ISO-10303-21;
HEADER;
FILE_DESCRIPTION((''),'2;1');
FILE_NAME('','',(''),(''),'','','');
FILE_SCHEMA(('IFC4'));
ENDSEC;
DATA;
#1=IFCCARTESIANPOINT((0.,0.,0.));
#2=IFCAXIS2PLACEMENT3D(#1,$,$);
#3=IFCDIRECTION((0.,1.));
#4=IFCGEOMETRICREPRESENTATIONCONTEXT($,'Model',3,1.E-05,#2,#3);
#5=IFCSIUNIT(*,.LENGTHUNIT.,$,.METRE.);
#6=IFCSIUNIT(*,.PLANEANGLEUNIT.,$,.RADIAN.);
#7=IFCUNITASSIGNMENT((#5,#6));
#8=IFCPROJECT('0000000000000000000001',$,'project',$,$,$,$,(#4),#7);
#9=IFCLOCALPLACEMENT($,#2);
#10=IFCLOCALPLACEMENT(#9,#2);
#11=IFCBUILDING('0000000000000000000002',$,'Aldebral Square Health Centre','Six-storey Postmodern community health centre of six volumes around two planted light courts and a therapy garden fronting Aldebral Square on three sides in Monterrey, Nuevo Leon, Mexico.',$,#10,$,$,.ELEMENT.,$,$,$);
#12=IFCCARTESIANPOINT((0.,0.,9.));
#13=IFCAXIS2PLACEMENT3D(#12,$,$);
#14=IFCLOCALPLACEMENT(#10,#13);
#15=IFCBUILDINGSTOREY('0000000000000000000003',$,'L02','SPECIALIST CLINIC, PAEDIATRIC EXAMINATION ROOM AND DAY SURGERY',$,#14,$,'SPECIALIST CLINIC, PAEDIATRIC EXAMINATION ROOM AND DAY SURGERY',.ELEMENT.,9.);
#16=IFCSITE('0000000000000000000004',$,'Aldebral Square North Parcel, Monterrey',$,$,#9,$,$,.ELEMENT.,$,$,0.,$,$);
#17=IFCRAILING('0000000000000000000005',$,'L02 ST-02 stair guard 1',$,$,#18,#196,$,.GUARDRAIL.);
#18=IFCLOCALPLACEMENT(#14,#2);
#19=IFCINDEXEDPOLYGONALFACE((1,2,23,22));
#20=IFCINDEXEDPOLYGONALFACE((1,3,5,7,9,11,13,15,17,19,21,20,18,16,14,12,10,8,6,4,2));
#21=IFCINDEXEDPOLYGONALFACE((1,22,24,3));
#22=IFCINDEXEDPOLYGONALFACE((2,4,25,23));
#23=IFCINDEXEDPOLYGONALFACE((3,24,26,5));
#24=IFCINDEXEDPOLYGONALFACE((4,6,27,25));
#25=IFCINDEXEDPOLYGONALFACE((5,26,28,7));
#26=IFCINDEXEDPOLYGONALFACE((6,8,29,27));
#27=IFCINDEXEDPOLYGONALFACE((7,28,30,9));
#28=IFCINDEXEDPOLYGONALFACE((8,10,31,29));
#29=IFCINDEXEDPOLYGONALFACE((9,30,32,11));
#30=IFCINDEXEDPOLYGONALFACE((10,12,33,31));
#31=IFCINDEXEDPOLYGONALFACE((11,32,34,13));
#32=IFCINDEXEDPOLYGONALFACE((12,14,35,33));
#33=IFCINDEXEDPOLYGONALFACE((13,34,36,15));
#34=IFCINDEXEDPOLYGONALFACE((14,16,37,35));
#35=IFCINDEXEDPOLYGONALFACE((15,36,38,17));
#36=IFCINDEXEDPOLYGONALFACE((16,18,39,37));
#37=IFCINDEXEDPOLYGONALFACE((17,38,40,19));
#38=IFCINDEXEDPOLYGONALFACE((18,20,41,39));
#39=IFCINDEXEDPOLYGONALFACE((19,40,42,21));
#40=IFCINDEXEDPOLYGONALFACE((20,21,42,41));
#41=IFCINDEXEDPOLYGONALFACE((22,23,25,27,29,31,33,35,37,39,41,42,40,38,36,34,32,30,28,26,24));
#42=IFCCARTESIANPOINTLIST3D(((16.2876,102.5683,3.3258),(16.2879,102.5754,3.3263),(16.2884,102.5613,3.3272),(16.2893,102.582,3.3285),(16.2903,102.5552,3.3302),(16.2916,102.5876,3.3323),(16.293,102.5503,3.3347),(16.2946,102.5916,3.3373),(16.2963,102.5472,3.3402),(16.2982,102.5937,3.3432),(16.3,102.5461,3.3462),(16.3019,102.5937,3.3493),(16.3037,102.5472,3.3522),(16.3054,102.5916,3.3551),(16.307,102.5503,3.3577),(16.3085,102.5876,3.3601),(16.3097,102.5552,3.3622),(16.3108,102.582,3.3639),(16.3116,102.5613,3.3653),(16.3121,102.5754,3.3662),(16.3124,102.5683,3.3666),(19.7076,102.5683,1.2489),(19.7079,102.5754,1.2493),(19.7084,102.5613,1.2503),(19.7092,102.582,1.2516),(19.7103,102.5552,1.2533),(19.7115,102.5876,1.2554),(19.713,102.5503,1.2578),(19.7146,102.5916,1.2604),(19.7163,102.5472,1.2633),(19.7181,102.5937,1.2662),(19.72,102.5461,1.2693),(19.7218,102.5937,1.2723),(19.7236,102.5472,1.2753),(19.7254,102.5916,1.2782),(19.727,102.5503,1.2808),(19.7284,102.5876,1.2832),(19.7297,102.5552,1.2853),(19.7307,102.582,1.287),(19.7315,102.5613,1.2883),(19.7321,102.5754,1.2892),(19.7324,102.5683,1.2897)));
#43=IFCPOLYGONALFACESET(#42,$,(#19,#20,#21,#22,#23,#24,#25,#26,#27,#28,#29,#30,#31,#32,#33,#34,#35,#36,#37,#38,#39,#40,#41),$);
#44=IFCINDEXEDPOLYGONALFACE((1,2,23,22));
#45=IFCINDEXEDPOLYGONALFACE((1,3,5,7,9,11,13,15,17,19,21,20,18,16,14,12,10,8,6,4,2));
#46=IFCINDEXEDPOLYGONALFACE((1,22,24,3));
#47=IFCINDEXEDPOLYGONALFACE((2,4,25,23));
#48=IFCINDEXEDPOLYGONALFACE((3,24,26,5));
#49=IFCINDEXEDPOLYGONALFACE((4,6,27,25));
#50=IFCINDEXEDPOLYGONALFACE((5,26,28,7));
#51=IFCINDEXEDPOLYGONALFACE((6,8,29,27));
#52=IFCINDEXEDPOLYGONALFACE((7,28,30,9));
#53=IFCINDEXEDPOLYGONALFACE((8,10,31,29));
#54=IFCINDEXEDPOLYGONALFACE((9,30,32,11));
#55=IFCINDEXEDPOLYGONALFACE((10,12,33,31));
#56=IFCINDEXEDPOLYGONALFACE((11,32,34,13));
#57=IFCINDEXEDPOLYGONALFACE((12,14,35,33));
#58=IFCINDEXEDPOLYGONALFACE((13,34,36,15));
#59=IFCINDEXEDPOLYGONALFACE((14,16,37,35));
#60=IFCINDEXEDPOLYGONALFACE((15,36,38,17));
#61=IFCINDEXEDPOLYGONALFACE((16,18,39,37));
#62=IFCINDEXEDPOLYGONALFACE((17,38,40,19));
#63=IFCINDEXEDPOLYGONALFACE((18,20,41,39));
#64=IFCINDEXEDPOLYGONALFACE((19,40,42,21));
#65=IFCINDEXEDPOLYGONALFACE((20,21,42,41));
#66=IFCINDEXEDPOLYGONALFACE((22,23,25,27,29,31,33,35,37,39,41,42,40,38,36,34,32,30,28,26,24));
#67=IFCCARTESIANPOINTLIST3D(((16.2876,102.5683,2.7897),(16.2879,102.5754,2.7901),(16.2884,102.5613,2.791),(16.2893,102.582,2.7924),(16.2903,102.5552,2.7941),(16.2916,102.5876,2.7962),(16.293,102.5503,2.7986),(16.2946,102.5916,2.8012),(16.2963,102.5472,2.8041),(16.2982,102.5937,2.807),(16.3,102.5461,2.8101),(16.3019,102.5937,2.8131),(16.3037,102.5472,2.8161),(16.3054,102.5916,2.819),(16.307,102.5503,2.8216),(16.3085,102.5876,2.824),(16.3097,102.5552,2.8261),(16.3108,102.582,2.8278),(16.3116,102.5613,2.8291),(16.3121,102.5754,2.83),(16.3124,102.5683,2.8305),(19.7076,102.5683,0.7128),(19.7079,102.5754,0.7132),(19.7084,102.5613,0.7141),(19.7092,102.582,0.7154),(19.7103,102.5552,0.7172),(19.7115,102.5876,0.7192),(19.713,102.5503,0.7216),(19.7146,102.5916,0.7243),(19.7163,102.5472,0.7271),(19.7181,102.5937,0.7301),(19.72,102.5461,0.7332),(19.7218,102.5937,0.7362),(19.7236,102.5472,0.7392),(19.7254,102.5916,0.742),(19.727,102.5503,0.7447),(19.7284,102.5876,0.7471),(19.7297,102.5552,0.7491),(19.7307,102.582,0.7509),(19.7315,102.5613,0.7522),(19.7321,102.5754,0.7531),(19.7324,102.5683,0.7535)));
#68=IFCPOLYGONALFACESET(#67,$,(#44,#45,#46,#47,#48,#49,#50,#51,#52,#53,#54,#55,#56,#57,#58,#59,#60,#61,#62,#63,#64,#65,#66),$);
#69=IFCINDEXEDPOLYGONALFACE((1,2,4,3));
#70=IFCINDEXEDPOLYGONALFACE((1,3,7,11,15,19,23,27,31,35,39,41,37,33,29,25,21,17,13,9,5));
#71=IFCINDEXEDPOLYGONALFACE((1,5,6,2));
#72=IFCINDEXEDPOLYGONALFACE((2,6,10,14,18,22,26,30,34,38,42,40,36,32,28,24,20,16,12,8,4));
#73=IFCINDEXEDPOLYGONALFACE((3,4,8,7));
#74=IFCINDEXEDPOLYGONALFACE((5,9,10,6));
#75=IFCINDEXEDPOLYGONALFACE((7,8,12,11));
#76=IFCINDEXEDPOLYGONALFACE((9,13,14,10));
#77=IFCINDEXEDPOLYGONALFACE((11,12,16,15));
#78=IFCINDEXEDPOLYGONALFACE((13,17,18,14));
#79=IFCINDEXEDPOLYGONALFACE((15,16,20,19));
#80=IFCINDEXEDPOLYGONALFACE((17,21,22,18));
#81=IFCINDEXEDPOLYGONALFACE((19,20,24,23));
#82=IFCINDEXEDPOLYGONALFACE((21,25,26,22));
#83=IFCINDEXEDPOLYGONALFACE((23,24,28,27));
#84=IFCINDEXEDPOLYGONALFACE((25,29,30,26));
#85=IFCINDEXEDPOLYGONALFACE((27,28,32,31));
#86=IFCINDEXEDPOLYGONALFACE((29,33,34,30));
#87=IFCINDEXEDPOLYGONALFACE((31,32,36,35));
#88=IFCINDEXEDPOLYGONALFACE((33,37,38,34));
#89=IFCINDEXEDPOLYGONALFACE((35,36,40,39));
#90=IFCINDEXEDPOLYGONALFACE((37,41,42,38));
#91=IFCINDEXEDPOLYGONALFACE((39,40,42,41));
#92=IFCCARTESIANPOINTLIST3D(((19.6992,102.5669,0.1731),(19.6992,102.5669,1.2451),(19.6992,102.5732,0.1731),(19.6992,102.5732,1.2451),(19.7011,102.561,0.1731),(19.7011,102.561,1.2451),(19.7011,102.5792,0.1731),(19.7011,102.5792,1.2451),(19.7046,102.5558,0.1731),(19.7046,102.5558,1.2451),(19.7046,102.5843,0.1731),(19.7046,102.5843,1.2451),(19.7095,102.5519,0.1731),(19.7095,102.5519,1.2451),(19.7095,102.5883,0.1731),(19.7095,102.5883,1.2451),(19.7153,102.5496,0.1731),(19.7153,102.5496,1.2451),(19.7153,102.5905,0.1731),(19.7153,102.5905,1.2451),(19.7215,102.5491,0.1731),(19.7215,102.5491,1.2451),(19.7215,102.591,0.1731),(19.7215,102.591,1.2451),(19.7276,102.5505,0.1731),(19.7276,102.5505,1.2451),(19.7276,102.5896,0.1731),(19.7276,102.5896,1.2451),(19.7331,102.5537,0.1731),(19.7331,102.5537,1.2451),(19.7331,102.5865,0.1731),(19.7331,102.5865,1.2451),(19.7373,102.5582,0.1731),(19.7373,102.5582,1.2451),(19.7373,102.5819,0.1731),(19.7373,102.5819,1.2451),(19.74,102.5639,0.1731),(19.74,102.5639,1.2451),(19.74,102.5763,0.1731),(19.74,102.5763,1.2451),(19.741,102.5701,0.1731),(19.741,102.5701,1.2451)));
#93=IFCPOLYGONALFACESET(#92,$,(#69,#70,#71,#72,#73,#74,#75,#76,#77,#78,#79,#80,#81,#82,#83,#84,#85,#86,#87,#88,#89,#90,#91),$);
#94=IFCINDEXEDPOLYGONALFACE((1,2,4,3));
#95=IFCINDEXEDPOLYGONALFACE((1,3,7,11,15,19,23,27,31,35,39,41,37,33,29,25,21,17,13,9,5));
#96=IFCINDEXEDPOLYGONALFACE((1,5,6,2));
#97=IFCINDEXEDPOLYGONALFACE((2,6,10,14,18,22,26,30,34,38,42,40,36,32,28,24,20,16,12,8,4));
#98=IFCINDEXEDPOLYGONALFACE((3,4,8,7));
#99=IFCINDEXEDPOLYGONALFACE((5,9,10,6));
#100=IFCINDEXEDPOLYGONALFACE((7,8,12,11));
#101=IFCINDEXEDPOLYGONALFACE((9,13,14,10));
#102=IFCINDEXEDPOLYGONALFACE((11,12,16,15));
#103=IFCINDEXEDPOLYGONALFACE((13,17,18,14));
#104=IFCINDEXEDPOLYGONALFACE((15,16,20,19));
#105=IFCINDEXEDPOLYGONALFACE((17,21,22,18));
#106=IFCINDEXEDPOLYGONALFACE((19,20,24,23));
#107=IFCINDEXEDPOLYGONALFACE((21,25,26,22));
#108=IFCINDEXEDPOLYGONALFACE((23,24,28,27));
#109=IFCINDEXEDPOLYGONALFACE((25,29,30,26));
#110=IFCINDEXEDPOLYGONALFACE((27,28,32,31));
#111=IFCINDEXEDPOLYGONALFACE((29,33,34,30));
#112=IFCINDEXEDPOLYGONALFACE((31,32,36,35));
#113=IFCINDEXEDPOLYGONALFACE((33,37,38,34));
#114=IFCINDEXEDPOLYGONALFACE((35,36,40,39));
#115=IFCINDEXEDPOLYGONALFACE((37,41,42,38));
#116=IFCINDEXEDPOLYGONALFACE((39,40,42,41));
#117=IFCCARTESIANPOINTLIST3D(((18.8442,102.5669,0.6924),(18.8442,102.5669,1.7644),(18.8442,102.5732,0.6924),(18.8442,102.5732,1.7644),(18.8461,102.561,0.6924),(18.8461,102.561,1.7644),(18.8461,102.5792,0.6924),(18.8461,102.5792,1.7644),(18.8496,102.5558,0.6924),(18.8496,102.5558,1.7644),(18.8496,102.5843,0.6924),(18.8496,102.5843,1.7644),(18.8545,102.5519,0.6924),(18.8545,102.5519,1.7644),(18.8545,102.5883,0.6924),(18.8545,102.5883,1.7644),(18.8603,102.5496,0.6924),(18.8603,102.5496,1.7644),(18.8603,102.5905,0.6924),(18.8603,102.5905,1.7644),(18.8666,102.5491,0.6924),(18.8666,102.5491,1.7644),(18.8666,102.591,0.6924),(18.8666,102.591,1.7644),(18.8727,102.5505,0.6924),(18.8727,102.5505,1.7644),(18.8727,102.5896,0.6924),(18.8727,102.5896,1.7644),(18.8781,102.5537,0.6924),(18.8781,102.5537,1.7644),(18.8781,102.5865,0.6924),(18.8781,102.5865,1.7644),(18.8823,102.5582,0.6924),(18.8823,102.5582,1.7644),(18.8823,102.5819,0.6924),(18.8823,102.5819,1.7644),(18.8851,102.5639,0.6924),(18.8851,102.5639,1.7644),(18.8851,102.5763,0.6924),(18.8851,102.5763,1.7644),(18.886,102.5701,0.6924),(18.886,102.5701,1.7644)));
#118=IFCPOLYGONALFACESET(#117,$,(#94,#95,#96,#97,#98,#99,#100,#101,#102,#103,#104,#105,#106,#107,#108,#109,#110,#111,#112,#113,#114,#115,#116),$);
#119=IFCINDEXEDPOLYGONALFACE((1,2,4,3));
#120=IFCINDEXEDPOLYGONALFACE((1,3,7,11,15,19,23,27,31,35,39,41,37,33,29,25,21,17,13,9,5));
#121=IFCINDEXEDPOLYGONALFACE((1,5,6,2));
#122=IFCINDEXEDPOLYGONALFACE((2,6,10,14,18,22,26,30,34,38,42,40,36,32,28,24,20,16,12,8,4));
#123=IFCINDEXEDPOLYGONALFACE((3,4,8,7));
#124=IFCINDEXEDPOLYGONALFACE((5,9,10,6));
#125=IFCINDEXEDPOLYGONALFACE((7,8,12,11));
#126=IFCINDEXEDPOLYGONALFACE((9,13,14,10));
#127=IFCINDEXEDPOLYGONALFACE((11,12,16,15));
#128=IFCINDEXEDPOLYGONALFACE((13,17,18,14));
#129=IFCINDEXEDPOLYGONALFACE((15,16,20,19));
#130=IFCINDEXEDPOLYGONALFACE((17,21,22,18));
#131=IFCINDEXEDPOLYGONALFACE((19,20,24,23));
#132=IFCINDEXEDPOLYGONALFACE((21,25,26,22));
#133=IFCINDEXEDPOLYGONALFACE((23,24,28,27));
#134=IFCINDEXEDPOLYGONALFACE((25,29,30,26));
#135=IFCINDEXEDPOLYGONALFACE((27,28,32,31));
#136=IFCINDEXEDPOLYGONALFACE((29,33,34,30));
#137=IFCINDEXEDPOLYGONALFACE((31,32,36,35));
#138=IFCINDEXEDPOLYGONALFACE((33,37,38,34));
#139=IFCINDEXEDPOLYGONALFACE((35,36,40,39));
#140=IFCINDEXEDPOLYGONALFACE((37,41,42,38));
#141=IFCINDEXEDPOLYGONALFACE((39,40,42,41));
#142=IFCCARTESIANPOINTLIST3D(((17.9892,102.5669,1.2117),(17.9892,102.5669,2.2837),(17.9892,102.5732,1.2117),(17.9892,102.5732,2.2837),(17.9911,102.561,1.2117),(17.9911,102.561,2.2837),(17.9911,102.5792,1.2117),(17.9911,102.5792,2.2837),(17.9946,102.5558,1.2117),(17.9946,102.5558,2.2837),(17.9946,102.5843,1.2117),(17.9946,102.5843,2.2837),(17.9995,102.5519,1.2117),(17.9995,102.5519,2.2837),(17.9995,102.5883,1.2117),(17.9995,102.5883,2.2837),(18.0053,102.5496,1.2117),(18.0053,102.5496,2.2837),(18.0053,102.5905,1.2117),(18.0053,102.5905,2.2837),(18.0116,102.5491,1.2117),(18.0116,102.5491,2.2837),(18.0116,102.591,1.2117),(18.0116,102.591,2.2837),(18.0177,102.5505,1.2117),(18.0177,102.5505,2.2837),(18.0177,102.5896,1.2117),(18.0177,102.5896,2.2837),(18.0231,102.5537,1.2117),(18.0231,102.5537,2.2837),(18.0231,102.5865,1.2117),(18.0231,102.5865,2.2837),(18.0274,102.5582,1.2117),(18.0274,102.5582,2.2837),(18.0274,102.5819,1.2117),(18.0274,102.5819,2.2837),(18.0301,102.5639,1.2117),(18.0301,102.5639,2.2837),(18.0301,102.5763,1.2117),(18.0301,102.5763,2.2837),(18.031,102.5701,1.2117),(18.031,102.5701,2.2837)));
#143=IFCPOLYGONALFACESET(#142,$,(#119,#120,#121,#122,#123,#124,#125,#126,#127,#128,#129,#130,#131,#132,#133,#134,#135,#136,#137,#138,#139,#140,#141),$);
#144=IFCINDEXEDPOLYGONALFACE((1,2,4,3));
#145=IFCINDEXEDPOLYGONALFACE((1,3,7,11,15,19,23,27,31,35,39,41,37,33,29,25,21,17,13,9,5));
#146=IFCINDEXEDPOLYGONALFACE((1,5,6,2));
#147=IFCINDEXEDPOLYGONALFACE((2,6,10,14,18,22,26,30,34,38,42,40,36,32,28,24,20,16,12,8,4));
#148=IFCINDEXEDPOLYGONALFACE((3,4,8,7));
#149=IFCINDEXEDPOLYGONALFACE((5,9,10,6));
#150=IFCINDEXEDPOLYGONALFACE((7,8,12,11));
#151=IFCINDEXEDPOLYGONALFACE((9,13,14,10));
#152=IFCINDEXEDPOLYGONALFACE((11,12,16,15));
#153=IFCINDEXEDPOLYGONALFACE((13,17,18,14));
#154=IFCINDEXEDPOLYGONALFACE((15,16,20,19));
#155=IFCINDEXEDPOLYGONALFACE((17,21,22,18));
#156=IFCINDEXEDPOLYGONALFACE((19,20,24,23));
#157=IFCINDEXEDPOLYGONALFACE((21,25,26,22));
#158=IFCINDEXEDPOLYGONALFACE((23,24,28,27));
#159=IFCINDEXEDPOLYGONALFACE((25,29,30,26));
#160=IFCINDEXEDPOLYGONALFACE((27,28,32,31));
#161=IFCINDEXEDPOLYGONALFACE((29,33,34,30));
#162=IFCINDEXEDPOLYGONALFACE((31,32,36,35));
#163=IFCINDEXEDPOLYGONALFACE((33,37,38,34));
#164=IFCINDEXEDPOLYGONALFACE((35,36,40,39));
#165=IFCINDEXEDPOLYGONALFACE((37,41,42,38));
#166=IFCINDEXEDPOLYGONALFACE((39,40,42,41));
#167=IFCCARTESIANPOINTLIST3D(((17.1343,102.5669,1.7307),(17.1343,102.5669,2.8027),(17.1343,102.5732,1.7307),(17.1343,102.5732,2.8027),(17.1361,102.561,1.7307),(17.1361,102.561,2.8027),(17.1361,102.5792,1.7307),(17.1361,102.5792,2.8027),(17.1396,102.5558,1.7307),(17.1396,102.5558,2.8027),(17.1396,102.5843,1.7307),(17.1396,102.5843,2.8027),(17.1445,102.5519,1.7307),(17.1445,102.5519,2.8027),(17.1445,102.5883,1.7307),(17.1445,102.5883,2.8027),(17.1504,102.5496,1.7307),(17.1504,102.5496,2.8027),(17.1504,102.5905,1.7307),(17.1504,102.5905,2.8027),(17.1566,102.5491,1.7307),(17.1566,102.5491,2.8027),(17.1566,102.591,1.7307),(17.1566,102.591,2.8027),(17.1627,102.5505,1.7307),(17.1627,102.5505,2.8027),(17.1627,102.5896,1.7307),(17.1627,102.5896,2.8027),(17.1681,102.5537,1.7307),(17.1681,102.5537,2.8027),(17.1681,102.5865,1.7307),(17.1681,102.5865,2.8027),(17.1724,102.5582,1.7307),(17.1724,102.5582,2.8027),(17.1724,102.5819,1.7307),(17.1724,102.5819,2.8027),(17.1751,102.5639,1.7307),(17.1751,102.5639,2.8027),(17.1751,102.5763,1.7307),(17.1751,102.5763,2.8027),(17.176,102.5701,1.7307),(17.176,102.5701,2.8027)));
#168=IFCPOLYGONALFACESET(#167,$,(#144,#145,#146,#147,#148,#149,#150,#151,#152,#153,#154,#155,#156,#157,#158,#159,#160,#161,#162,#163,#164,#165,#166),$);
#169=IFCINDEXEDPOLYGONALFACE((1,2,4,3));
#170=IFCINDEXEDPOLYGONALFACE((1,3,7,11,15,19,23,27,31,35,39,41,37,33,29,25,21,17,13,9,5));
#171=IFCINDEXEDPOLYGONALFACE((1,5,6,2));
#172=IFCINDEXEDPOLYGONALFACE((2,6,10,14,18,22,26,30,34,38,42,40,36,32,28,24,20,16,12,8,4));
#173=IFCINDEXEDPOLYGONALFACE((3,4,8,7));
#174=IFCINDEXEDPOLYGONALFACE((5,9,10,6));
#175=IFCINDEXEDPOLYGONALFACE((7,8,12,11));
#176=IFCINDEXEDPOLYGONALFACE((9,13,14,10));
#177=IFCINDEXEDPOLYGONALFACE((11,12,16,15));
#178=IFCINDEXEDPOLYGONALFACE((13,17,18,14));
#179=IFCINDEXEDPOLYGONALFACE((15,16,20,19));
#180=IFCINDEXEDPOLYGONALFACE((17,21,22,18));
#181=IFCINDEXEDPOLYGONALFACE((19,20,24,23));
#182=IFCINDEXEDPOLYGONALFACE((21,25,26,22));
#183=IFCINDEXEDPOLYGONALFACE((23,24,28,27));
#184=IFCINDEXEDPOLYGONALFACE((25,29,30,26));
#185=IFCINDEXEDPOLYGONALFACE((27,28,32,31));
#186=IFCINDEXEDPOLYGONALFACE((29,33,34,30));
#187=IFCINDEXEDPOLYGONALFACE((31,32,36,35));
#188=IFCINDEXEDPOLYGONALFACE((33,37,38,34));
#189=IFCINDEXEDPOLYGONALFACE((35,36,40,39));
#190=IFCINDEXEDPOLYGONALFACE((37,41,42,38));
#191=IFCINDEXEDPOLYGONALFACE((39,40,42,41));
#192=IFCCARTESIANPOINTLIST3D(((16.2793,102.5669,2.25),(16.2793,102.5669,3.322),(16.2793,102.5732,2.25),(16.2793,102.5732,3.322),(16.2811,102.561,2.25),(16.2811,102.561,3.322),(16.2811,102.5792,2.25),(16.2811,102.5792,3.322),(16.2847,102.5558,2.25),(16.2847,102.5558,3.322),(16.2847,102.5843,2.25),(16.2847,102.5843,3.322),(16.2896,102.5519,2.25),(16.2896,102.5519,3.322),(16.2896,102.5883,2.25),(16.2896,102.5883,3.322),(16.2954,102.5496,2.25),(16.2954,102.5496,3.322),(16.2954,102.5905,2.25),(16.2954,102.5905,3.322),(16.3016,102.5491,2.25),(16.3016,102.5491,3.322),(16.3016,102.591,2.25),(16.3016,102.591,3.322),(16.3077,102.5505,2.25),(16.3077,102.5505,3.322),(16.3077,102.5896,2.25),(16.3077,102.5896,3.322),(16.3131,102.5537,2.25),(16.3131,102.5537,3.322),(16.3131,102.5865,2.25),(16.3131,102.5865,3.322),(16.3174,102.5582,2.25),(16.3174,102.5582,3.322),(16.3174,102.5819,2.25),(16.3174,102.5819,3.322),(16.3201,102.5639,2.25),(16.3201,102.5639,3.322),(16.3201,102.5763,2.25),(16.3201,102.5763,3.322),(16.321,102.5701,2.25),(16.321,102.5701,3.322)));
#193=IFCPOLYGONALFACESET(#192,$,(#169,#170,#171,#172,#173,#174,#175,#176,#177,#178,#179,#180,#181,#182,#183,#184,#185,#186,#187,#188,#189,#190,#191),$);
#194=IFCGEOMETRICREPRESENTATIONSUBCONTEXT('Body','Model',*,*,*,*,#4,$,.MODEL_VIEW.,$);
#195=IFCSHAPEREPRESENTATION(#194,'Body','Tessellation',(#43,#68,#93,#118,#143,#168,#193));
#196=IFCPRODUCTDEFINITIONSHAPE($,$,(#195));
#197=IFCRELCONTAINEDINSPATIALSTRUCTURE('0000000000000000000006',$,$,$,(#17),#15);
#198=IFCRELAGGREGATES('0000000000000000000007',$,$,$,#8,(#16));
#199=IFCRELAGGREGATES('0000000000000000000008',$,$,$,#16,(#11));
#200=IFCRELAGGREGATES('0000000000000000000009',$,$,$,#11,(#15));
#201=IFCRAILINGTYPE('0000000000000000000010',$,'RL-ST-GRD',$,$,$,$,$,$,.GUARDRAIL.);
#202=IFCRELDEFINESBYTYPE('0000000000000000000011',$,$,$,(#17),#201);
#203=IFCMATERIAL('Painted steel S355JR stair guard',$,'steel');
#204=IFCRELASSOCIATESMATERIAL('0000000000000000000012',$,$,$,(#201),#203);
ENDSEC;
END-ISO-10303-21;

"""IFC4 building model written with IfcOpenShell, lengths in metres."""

from ifc_helpers import new_model, si_unit, direction, frame, origin, origin_2d, place, context, subcontext, project, spatial, circle, extrude, material, type_object, element, save


model = new_model("IFC4")

# Units and contexts
model_context = context("Model", 3, precision=1e-05, world=origin(), true_north=direction((0.0, 1.0)))
body_context = subcontext(model_context, "Body", "Model", "MODEL_VIEW")
ifc_project = project(units=[si_unit("LENGTHUNIT", "METRE"), si_unit("PLANEANGLEUNIT", "RADIAN")], contexts=[model_context])

# Site, building, storey
site_placement = place(None, origin())
site = spatial("IfcSite", under=ifc_project, at=site_placement, Name="Aldebral Square North Parcel, Monterrey", CompositionType="ELEMENT", RefElevation=0.0)
building_placement = place(site_placement, origin())
building = spatial("IfcBuilding", under=site, at=building_placement, Name="Aldebral Square Health Centre", Description="Six-storey Postmodern community health centre of six volumes around two planted light courts and a therapy garden fronting Aldebral Square on three sides in Monterrey, Nuevo Leon, Mexico.", CompositionType="ELEMENT")
storey_placement = place(building_placement, frame((0.0, 0.0, 9.0)))
storey = spatial("IfcBuildingStorey", under=building, at=storey_placement, Name="L02", Description="SPECIALIST CLINIC, PAEDIATRIC EXAMINATION ROOM AND DAY SURGERY", LongName="SPECIALIST CLINIC, PAEDIATRIC EXAMINATION ROOM AND DAY SURGERY", CompositionType="ELEMENT", Elevation=9.0)

# Railing
ifc_material_1 = material(Name="Painted steel S355JR stair guard", Category="steel")
railing_type_1 = type_object("IfcRailingType", Name="RL-ST-GRD", PredefinedType="GUARDRAIL", material=ifc_material_1)
railing_1_placement = place(storey_placement, frame((19.72, 102.5701, 0.1731)))
element("IfcRailing", 1, at=railing_1_placement, inside=storey, type_object=railing_type_1, Name="L02 ST-02 stair guard 1", PredefinedType="GUARDRAIL", context=body_context, shape_type="SweptSolid", body=[
    extrude(circle(Radius=0.0239, at=origin_2d()), frame((0.0, 0.0, 1.0962), z_axis=(-0.85473, 0.0, 0.519074), x_axis=(0.0, -1.0, 0.0)), (0.0, 0.0, 1.0), 4.0012),
    extrude(circle(Radius=0.0239, at=origin_2d()), frame((0.0, 0.0, 0.5601), z_axis=(-0.85473, 0.0, 0.519074), x_axis=(0.0, -1.0, 0.0)), (0.0, 0.0, 1.0), 4.0012),
    extrude(circle(Radius=0.021, at=origin_2d()), origin(), (0.0, 0.0, 1.0), 1.072),
    extrude(circle(Radius=0.021, at=origin_2d()), frame((-0.855, 0.0, 0.5193)), (0.0, 0.0, 1.0), 1.072),
    extrude(circle(Radius=0.021, at=origin_2d()), frame((-1.71, 0.0, 1.0386)), (0.0, 0.0, 1.0), 1.072),
    extrude(circle(Radius=0.021, at=origin_2d()), frame((-2.5649, 0.0, 1.5576)), (0.0, 0.0, 1.0), 1.072),
    extrude(circle(Radius=0.021, at=origin_2d()), frame((-3.4199, 0.0, 2.0769)), (0.0, 0.0, 1.0), 1.072),
])

save(model, "model.ifc")
